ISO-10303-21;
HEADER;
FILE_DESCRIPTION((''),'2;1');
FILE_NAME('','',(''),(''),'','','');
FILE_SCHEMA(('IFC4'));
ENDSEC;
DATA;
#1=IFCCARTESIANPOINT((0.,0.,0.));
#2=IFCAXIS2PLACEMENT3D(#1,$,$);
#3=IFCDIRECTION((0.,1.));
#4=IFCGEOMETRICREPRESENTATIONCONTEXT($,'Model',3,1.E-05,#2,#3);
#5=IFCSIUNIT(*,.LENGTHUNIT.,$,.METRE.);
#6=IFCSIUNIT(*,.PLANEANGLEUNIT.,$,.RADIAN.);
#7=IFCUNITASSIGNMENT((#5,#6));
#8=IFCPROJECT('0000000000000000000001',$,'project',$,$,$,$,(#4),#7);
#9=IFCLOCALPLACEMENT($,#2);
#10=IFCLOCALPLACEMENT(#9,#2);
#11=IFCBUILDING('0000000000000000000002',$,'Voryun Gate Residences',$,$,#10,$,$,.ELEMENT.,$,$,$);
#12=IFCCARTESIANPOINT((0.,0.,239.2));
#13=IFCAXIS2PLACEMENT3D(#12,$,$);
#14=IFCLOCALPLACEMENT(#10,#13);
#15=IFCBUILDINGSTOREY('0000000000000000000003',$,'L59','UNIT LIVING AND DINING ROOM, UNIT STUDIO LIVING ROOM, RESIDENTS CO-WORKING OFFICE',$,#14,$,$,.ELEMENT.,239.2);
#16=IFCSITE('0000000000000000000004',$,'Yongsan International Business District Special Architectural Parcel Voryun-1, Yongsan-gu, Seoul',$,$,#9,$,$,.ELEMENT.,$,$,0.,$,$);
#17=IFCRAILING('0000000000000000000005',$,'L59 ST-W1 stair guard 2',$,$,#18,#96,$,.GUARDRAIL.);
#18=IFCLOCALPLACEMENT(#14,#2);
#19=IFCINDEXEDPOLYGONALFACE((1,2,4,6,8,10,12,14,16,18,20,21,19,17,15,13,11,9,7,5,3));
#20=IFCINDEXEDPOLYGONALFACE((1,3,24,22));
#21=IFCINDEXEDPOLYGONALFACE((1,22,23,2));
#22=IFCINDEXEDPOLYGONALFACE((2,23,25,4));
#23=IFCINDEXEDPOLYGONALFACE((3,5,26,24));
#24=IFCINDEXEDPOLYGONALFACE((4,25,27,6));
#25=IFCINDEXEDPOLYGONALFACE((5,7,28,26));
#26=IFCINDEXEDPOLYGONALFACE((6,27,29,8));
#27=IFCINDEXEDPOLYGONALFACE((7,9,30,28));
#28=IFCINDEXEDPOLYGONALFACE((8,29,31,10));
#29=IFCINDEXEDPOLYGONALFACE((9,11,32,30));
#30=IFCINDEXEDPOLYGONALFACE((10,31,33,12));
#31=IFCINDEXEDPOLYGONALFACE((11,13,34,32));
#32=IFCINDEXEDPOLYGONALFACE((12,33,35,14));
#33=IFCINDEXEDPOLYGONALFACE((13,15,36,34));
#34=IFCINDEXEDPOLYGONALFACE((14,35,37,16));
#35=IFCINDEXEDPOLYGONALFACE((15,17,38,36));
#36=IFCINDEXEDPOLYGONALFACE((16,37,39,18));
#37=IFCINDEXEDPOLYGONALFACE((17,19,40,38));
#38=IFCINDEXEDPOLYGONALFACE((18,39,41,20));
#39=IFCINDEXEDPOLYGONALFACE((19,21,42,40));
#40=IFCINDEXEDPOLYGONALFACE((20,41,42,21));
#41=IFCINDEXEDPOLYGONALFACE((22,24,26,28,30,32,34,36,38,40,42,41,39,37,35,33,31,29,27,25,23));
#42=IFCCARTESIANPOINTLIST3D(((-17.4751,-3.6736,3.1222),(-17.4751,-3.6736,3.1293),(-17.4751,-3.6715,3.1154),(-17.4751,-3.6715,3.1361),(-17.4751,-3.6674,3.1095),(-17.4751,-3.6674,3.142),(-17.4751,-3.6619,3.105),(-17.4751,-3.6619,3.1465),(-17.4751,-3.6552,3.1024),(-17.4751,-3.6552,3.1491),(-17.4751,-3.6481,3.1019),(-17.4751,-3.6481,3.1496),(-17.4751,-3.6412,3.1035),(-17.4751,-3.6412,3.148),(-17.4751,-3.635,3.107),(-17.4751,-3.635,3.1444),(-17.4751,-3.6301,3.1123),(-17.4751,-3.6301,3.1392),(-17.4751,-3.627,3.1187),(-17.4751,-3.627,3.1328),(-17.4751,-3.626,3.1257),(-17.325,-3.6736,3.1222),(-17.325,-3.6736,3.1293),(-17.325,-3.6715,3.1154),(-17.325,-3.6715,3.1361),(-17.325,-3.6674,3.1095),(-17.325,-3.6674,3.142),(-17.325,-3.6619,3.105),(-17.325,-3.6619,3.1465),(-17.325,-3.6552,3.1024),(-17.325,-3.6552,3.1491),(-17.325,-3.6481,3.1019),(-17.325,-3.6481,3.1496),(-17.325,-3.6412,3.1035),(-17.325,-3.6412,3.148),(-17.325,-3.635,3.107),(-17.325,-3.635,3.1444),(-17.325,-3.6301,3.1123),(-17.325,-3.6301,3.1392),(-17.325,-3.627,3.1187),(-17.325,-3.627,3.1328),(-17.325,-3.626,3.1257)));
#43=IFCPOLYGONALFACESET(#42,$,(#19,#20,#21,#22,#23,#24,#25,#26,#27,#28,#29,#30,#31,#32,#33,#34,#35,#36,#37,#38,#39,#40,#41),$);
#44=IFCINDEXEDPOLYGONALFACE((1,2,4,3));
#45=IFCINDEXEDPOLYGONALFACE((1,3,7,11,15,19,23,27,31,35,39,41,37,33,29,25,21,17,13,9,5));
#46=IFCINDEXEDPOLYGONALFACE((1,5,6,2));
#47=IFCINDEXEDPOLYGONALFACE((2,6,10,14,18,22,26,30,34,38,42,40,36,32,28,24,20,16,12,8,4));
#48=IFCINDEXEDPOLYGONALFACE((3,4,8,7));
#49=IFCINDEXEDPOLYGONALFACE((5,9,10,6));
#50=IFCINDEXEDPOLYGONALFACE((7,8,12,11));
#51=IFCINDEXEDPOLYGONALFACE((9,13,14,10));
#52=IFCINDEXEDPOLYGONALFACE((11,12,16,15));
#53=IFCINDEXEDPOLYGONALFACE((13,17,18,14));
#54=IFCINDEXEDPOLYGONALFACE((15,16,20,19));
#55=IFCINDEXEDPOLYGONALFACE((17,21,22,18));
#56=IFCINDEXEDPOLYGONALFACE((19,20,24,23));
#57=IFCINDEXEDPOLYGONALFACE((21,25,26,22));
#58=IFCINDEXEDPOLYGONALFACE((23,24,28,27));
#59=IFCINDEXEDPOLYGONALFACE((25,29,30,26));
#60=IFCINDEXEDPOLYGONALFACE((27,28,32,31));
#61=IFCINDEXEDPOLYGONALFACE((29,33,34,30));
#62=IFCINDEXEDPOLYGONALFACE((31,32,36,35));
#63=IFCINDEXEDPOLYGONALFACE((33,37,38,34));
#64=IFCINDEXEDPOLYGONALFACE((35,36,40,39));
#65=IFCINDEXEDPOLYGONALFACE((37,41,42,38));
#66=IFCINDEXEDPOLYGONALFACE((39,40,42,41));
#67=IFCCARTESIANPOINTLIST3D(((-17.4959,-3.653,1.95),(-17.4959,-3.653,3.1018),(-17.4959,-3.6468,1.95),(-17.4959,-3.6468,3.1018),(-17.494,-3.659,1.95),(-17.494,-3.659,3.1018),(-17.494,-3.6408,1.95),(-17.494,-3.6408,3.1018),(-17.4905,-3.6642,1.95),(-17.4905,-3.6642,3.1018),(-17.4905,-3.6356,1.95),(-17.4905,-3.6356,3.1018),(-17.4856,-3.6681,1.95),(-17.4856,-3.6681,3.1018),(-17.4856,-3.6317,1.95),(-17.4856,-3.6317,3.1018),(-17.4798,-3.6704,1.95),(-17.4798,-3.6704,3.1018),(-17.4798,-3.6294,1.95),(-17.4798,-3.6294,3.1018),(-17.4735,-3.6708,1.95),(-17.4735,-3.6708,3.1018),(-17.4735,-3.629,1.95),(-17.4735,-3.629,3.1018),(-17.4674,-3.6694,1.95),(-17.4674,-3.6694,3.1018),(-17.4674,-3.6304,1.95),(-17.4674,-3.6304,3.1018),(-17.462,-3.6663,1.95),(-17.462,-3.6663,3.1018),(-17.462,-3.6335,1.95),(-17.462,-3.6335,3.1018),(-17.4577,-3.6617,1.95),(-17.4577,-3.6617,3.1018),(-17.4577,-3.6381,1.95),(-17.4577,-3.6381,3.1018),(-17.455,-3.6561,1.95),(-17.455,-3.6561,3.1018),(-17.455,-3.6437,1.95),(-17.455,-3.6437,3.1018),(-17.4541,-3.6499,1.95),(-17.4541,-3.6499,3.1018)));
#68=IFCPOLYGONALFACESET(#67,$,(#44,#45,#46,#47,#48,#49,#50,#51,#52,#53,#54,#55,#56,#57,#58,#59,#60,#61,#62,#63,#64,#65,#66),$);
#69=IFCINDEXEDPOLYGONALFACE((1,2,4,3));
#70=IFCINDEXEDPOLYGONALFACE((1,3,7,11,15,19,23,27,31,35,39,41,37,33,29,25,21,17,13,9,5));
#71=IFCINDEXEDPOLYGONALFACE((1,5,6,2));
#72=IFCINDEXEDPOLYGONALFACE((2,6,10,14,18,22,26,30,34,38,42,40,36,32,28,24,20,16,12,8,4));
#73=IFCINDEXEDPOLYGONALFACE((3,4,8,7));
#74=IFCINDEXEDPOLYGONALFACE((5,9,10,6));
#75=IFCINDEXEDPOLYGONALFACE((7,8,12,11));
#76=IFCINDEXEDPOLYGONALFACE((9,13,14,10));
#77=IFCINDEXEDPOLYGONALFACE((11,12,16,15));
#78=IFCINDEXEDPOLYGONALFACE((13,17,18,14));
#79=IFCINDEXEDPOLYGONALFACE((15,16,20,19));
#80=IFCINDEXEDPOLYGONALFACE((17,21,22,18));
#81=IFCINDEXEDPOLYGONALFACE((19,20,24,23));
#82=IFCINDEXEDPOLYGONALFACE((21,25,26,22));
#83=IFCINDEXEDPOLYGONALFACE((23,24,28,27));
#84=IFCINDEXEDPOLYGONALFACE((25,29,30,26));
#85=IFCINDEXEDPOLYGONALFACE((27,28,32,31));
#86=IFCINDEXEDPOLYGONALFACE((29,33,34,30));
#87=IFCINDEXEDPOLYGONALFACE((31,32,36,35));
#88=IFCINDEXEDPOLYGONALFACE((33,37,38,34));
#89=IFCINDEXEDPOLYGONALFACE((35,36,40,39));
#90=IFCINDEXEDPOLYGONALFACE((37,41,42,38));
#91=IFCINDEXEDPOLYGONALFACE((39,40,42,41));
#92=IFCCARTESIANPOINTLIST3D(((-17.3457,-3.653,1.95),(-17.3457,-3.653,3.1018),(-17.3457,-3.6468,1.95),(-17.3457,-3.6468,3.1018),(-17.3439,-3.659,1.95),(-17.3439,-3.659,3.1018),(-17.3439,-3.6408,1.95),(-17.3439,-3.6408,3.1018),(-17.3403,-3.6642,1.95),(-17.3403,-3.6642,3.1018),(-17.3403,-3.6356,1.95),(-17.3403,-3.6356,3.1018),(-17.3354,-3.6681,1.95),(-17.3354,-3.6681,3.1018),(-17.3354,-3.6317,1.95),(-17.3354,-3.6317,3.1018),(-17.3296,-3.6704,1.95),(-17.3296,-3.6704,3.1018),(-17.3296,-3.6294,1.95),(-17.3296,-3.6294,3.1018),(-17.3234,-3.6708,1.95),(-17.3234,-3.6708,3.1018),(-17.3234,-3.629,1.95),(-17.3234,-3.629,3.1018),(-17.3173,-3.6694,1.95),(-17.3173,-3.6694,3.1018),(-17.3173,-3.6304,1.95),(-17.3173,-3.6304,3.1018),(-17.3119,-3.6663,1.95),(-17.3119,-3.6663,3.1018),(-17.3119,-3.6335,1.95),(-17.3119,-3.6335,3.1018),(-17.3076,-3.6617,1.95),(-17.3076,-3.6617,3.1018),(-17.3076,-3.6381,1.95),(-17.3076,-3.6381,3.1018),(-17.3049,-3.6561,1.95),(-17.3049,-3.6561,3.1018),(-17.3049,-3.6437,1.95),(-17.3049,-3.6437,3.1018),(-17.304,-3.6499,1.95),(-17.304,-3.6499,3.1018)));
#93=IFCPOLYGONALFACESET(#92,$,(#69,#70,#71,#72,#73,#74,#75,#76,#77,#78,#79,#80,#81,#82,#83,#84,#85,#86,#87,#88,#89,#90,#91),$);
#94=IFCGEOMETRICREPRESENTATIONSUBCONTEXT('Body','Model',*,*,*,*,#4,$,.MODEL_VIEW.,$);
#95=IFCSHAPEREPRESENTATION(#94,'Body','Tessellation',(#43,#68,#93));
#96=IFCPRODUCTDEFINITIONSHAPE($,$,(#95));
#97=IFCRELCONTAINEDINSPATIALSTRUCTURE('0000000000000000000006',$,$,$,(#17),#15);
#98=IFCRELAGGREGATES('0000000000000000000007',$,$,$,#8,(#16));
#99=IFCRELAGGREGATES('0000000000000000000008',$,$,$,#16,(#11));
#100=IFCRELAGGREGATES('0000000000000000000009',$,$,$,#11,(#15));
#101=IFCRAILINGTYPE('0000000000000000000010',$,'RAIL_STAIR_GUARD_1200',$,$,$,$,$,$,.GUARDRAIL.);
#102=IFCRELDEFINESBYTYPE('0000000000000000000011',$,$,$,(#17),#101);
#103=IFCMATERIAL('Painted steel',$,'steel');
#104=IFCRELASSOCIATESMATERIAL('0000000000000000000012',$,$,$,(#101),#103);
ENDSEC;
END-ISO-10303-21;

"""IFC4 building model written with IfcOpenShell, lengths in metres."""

from ifc_helpers import new_model, si_unit, direction, frame, origin, origin_2d, place, context, subcontext, project, spatial, circle, extrude, material, type_object, element, save


model = new_model("IFC4")

# Units and contexts
model_context = context("Model", 3, precision=1e-05, world=origin(), true_north=direction((0.0, 1.0)))
body_context = subcontext(model_context, "Body", "Model", "MODEL_VIEW")
ifc_project = project(units=[si_unit("LENGTHUNIT", "METRE"), si_unit("PLANEANGLEUNIT", "RADIAN")], contexts=[model_context])

# Site, building, storey
site_placement = place(None, origin())
site = spatial("IfcSite", under=ifc_project, at=site_placement, Name="Yongsan International Business District Special Architectural Parcel Voryun-1, Yongsan-gu, Seoul", CompositionType="ELEMENT", RefElevation=0.0)
building_placement = place(site_placement, origin())
building = spatial("IfcBuilding", under=site, at=building_placement, Name="Voryun Gate Residences", CompositionType="ELEMENT")
storey_placement = place(building_placement, frame((0.0, 0.0, 239.2)))
storey = spatial("IfcBuildingStorey", under=building, at=storey_placement, Name="L59", Description="UNIT LIVING AND DINING ROOM, UNIT STUDIO LIVING ROOM, RESIDENTS CO-WORKING OFFICE", CompositionType="ELEMENT", Elevation=239.2)

# Railing
ifc_material_1 = material(Name="Painted steel", Category="steel")
railing_type_1 = type_object("IfcRailingType", Name="RAIL_STAIR_GUARD_1200", PredefinedType="GUARDRAIL", material=ifc_material_1)
railing_1_placement = place(storey_placement, frame((-17.4751, -3.6499, 1.95)))
element("IfcRailing", 1, at=railing_1_placement, inside=storey, type_object=railing_type_1, Name="L59 ST-W1 stair guard 2", PredefinedType="GUARDRAIL", context=body_context, shape_type="SweptSolid", body=[
    extrude(circle(Radius=0.0239, at=origin_2d()), frame((0.0, 0.0, 1.1758), z_axis=(1.0, 0.0, 0.0), x_axis=(0.0, 1.0, 0.0)), (0.0, 0.0, 1.0), 0.1501),
    extrude(circle(Radius=0.021, at=origin_2d()), origin(), (0.0, 0.0, 1.0), 1.1519),
    extrude(circle(Radius=0.021, at=origin_2d()), frame((0.1501, 0.0, 0.0)), (0.0, 0.0, 1.0), 1.1519),
])

save(model, "model.ifc")
